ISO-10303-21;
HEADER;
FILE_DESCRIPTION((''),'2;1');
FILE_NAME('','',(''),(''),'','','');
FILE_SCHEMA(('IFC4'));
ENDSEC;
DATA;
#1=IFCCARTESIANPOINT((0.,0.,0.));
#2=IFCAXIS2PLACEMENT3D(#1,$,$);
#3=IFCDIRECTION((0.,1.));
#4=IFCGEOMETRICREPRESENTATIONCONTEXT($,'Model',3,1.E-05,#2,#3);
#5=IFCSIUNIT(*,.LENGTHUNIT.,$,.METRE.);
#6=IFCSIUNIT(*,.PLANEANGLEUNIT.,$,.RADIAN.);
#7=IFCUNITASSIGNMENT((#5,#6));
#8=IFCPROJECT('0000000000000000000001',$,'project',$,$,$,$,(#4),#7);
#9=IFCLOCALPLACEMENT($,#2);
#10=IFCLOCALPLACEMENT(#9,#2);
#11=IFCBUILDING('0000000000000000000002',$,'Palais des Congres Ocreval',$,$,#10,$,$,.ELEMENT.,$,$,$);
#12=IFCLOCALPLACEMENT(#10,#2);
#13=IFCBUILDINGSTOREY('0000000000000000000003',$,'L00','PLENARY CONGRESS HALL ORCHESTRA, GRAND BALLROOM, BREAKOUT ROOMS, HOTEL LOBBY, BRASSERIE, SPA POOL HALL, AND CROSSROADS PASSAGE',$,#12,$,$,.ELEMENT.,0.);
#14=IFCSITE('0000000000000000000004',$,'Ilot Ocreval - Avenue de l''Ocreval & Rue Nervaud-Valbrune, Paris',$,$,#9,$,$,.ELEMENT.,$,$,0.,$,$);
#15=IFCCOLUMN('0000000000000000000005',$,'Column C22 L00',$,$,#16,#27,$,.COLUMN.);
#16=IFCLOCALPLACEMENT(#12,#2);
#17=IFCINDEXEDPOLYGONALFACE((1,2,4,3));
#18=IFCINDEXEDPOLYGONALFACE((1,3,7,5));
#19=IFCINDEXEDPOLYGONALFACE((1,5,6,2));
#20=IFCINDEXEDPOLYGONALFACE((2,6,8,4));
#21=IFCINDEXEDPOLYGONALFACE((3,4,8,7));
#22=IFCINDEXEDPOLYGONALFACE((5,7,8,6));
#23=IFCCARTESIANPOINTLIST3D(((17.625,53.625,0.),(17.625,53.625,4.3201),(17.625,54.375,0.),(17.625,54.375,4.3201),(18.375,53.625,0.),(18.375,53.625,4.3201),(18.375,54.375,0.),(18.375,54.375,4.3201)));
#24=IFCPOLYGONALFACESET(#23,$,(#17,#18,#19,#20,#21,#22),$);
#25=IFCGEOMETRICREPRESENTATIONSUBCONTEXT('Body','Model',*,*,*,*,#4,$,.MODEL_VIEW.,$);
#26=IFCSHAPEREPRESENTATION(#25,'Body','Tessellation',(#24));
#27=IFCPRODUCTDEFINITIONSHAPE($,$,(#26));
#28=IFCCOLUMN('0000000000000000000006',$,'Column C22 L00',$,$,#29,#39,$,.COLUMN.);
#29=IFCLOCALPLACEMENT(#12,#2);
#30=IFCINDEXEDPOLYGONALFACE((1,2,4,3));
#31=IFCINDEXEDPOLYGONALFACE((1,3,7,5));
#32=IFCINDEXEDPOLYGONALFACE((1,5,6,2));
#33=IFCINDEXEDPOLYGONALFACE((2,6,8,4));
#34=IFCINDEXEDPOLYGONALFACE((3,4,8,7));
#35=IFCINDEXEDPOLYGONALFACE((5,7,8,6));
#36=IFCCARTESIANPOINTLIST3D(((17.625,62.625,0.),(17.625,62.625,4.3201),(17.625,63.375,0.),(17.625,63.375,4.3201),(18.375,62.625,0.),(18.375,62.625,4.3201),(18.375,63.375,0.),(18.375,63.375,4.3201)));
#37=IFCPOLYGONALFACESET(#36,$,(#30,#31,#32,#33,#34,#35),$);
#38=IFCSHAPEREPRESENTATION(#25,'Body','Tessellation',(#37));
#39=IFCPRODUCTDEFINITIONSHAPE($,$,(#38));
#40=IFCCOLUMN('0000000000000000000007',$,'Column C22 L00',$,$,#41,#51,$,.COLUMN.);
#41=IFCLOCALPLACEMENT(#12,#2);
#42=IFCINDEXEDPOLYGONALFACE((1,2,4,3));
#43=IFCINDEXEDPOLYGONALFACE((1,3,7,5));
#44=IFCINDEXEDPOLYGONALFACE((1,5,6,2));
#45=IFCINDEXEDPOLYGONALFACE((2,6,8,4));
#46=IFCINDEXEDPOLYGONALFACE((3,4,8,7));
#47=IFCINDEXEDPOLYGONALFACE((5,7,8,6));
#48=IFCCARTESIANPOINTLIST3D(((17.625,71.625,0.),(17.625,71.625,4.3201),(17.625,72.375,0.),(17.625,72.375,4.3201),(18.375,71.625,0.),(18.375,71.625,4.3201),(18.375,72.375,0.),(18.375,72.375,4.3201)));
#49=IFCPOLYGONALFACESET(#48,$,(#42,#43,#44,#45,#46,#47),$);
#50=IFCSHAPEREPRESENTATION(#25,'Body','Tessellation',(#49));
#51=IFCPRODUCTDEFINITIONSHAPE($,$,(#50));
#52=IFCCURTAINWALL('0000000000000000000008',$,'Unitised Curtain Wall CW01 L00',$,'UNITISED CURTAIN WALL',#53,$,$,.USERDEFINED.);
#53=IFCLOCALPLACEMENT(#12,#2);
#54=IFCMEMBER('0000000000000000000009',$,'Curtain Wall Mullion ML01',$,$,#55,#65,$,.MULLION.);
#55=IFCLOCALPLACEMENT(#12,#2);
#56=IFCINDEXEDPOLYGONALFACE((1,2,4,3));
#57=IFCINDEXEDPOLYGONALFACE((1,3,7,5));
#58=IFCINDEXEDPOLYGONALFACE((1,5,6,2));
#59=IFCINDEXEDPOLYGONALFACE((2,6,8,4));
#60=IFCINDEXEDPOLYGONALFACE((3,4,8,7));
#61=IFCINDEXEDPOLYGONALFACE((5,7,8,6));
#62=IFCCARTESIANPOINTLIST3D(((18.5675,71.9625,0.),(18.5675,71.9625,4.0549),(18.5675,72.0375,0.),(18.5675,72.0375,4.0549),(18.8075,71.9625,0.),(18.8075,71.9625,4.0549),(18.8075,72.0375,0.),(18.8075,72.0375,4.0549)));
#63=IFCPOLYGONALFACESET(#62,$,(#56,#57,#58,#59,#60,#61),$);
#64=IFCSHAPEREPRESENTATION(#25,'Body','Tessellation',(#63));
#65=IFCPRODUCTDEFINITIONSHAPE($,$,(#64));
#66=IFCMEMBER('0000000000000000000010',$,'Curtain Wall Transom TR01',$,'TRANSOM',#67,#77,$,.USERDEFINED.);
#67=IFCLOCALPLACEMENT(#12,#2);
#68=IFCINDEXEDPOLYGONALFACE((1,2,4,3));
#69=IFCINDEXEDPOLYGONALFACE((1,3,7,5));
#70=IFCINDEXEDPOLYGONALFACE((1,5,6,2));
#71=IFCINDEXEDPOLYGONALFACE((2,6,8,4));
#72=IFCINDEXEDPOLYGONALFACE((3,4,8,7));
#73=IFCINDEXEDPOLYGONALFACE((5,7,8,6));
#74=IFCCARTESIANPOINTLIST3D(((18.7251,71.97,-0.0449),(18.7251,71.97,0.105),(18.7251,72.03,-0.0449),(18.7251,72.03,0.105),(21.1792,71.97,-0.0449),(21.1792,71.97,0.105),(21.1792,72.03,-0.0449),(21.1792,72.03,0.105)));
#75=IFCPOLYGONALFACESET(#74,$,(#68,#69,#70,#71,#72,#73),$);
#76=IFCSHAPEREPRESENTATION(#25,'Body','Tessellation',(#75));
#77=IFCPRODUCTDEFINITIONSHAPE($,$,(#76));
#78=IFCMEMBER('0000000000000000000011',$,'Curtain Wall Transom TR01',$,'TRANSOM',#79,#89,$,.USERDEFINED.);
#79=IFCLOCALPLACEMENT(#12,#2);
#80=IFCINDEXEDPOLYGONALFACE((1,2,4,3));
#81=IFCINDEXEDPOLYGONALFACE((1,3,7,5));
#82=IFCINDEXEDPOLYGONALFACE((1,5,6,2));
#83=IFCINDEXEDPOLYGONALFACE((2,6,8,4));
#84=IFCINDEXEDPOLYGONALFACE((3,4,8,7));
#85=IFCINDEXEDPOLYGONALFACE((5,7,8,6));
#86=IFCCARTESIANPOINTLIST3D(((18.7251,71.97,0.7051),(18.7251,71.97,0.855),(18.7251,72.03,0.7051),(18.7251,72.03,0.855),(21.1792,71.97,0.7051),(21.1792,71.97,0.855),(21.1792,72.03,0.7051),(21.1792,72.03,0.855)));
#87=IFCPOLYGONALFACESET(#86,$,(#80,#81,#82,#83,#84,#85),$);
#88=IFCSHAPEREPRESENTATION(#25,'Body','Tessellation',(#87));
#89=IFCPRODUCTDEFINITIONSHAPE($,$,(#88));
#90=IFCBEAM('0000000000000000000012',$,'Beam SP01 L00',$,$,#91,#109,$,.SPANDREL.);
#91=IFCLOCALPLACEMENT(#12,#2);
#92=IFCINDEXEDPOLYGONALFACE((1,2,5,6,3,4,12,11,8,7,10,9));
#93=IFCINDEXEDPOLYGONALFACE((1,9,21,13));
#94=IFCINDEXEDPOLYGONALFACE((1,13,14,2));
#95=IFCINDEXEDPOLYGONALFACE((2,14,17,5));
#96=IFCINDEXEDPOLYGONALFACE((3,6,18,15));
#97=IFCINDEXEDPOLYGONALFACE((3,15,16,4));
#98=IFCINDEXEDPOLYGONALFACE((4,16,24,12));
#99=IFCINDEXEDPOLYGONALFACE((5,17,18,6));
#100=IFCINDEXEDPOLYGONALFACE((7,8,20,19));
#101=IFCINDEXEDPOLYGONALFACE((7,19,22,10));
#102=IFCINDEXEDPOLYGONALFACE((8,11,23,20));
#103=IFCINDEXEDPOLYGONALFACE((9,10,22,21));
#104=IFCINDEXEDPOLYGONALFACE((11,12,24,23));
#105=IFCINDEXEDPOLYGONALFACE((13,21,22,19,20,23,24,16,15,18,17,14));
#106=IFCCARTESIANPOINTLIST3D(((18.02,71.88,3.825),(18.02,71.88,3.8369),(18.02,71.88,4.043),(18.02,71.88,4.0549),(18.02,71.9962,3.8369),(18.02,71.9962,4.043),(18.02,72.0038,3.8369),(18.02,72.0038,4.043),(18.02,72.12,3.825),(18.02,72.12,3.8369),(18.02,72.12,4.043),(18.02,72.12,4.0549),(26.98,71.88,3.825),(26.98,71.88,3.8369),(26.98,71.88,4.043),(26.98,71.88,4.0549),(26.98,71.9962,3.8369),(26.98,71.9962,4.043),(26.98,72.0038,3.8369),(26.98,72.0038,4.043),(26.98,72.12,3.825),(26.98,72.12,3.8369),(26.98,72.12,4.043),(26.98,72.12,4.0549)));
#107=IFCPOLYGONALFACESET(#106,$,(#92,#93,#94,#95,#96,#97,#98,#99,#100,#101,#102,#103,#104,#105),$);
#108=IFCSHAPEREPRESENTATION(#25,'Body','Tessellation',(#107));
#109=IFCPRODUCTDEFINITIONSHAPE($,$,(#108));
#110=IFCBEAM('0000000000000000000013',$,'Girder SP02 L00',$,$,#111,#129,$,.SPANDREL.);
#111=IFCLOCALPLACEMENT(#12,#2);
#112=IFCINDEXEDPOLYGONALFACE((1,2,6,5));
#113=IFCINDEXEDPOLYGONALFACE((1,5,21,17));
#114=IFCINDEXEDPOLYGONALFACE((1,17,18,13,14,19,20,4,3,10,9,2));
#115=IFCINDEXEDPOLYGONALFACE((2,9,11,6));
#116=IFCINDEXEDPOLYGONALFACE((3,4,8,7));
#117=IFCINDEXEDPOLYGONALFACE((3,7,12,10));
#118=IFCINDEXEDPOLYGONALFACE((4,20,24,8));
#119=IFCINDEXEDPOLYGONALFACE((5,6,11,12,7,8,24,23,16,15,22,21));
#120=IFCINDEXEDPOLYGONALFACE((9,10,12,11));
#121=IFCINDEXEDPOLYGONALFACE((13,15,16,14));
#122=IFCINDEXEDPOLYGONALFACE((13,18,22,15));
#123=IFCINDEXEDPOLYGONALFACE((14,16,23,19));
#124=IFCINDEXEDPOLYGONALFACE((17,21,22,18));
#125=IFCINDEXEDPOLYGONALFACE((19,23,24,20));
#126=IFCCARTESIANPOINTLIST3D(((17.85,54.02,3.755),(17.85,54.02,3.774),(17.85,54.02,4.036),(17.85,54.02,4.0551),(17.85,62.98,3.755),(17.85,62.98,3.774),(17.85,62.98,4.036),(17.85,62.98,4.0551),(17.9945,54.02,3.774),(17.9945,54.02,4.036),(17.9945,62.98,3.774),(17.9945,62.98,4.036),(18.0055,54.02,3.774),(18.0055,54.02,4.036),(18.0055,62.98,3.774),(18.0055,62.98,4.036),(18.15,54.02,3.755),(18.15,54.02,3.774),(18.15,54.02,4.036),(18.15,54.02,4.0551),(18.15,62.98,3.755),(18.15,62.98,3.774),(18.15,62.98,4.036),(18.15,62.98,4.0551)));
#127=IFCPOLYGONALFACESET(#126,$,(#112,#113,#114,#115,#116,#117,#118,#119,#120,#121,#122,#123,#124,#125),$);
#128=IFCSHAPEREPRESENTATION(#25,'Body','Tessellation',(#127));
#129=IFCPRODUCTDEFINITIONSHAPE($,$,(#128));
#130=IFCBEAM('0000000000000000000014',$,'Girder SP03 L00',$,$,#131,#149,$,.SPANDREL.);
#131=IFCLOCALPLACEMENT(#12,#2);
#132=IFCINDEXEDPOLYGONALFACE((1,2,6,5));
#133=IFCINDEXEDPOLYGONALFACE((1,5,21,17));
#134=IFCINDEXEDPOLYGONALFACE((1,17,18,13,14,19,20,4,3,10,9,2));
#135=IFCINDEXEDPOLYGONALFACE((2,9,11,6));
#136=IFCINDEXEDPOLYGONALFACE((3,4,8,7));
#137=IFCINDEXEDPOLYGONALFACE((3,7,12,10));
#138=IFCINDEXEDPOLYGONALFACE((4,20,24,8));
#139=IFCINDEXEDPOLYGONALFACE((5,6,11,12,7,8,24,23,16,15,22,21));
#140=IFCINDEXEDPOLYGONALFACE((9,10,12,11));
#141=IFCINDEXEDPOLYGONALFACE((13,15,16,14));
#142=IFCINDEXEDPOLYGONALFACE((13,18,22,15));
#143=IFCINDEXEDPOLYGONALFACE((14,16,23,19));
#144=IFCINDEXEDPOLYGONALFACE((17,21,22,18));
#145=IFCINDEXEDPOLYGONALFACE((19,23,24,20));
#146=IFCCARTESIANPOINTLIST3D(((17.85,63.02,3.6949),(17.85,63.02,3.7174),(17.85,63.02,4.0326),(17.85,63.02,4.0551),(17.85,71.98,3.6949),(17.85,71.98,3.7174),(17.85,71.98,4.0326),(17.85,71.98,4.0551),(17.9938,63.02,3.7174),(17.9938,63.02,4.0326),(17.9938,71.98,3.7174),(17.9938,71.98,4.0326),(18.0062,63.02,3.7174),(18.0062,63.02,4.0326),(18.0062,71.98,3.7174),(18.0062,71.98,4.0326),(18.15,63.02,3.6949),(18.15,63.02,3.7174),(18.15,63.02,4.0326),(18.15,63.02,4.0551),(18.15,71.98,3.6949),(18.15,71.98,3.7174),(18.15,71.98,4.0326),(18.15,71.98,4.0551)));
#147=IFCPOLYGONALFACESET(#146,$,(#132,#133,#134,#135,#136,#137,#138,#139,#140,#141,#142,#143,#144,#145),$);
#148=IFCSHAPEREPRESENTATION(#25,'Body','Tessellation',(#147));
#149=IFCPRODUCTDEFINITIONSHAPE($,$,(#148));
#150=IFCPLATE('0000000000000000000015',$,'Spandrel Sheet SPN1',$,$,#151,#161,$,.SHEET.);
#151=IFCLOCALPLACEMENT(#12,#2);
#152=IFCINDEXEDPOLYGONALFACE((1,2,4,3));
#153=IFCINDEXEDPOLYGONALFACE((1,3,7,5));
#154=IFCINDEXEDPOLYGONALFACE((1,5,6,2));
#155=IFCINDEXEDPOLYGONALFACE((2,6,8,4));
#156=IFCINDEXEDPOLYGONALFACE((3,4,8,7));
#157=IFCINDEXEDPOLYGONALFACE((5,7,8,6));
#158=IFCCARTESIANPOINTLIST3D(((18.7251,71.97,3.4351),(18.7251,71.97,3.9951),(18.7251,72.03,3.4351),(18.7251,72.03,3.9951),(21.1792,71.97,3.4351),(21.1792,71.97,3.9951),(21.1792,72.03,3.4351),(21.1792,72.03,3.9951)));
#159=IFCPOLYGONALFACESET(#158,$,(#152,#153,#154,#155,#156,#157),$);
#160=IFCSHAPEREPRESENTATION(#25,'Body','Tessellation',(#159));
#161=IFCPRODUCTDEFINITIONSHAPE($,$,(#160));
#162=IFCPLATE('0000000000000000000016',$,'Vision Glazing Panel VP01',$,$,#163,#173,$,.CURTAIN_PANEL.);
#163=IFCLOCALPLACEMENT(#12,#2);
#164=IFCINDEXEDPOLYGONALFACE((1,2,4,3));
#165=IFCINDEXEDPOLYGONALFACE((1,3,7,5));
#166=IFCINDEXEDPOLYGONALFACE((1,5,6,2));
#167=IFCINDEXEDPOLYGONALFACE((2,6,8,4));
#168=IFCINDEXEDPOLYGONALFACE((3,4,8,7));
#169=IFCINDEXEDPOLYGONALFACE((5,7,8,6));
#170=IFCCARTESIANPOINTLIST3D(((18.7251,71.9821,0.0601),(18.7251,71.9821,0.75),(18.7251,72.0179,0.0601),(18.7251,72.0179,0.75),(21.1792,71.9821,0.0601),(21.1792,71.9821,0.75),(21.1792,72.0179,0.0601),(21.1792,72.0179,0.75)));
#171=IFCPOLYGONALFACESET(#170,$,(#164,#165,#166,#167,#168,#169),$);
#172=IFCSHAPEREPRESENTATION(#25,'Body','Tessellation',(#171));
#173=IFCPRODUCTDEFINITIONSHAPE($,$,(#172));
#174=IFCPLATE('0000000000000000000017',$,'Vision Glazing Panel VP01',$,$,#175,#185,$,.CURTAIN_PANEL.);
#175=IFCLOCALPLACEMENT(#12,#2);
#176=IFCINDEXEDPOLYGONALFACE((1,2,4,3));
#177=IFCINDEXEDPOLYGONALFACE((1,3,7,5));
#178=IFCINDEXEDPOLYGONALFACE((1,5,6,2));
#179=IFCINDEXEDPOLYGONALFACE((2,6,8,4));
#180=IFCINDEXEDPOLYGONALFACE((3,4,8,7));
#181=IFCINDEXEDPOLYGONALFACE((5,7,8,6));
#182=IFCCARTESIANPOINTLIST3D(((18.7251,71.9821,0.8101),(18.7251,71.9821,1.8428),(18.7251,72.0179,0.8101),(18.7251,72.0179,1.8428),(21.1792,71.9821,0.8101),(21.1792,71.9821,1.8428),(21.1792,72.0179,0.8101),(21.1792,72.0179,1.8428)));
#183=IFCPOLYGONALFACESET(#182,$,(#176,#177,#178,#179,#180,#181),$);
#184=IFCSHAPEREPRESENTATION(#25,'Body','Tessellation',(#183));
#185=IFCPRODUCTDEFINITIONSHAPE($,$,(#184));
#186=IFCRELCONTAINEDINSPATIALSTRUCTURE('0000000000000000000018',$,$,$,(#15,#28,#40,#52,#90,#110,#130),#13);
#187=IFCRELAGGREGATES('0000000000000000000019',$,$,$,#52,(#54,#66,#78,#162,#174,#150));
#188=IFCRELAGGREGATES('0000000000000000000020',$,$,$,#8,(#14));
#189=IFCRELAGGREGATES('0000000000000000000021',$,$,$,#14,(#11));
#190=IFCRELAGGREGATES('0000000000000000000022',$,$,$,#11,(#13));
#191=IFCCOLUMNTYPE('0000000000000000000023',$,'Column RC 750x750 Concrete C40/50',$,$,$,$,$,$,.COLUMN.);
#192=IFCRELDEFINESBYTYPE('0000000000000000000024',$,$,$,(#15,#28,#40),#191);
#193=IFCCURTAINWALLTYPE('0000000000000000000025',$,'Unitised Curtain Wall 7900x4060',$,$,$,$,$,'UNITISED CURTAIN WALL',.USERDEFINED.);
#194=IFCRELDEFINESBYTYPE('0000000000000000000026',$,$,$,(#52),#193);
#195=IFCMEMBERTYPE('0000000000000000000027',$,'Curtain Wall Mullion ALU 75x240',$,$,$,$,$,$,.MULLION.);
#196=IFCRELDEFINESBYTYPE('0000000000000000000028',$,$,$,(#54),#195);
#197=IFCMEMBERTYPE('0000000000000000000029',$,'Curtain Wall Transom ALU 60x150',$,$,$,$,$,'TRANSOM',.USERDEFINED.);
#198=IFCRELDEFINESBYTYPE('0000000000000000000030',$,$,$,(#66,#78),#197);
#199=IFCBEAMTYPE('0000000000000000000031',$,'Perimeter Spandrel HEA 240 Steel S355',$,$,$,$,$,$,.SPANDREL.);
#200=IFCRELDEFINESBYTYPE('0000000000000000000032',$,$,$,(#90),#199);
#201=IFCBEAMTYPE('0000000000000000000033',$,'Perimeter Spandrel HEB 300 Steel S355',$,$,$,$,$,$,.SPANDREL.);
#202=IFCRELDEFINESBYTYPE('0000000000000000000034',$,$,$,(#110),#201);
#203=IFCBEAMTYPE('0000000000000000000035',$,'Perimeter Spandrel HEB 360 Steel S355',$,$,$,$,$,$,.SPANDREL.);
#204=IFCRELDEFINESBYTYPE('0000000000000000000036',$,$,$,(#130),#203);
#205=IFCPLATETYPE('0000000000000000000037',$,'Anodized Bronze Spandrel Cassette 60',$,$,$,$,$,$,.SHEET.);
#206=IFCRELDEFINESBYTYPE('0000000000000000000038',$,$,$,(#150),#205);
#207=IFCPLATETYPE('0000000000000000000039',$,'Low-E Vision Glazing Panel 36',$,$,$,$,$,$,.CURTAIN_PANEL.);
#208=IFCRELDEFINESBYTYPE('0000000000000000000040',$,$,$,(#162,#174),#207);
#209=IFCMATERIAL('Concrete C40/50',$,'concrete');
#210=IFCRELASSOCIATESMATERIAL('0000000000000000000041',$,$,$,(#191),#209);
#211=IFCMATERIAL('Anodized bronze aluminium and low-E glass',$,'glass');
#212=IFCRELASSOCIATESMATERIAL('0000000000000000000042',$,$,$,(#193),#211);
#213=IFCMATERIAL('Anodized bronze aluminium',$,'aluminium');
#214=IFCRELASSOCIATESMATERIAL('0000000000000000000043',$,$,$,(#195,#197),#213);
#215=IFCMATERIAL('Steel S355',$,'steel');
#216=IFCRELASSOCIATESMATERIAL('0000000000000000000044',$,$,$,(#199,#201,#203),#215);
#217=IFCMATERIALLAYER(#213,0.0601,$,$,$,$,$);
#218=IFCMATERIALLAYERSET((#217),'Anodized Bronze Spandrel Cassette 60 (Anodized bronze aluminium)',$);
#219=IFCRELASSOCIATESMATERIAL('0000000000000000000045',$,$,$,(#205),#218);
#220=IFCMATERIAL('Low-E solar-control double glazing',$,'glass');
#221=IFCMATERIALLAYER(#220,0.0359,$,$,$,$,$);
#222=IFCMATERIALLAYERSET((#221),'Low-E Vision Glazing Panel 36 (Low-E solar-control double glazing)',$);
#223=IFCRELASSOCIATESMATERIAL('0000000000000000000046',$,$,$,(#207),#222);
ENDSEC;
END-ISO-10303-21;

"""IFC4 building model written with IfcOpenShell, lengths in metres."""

from ifc_helpers import new_model, si_unit, direction, frame, origin, origin_2d, place, context, subcontext, project, spatial, rectangle, i_section, extrude, material, layer, layer_set, material_profile, profile_set, type_object, element, aggregate, save


model = new_model("IFC4")

# Units and contexts
model_context = context("Model", 3, precision=1e-05, world=origin(), true_north=direction((0.0, 1.0)))
body_context = subcontext(model_context, "Body", "Model", "MODEL_VIEW")
ifc_project = project(units=[si_unit("LENGTHUNIT", "METRE"), si_unit("PLANEANGLEUNIT", "RADIAN")], contexts=[model_context])

# Site, building, storey
site_placement = place(None, origin())
site = spatial("IfcSite", under=ifc_project, at=site_placement, Name="Ilot Ocreval - Avenue de l'Ocreval & Rue Nervaud-Valbrune, Paris", CompositionType="ELEMENT", RefElevation=0.0)
building_placement = place(site_placement, origin())
building = spatial("IfcBuilding", under=site, at=building_placement, Name="Palais des Congres Ocreval", CompositionType="ELEMENT")
storey_placement = place(building_placement, origin())
storey = spatial("IfcBuildingStorey", under=building, at=storey_placement, Name="L00", Description="PLENARY CONGRESS HALL ORCHESTRA, GRAND BALLROOM, BREAKOUT ROOMS, HOTEL LOBBY, BRASSERIE, SPA POOL HALL, AND CROSSROADS PASSAGE", CompositionType="ELEMENT", Elevation=0.0)

# Columns
ifc_material_1 = material(Name="Concrete C40/50", Category="concrete")
ifc_material_profile_1 = material_profile(ifc_material_1, rectangle(XDim=0.75, YDim=0.75, at=origin_2d()), Name="RC 750x750")
ifc_profile_set_1 = profile_set([ifc_material_profile_1], Name="Concrete C40/50")
column_type = type_object("IfcColumnType", Name="Column RC 750x750 Concrete C40/50", PredefinedType="COLUMN", material=ifc_profile_set_1)
for number, where, z_axis, x_axis, name in (
    (1, (18.0, 54.0, 0.0), (0.0, 0.0, 1.0), (1.0, 0.0, 0.0), "Column C22 L00"),
    (2, (18.0, 63.0, 0.0), (0.0, 0.0, 1.0), (1.0, 0.0, 0.0), "Column C22 L00"),
    (3, (18.0, 72.0, 0.0), (0.0, 0.0, 1.0), (1.0, 0.0, 0.0), "Column C22 L00"),
):
    element("IfcColumn", number, at=place(storey_placement, frame(where, z_axis=z_axis, x_axis=x_axis)), inside=storey, type_object=column_type, Name=name, PredefinedType="COLUMN", context=body_context, shape_type="SweptSolid", body=[
        extrude(rectangle(XDim=0.75, YDim=0.75, at=origin_2d()), origin(), (0.0, 0.0, 1.0), 4.3201),
    ])

# Curtain wall, members
ifc_material_2 = material(Name="Anodized bronze aluminium and low-E glass", Category="glass")
curtain_wall_type = type_object("IfcCurtainWallType", Name="Unitised Curtain Wall 7900x4060", ElementType="UNITISED CURTAIN WALL", PredefinedType="USERDEFINED", material=ifc_material_2)
curtain_wall_placement = place(storey_placement, origin())
curtain_wall = element("IfcCurtainWall", 4, at=curtain_wall_placement, inside=storey, type_object=curtain_wall_type, Name="Unitised Curtain Wall CW01 L00", ObjectType="UNITISED CURTAIN WALL", PredefinedType="USERDEFINED")
ifc_material_3 = material(Name="Anodized bronze aluminium", Category="aluminium")
ifc_material_profile_2 = material_profile(ifc_material_3, rectangle(XDim=0.075, YDim=0.24, at=origin_2d()), Name="ALU 75x240")
ifc_profile_set_2 = profile_set([ifc_material_profile_2], Name="Anodized bronze aluminium")
member_type_1 = type_object("IfcMemberType", Name="Curtain Wall Mullion ALU 75x240", PredefinedType="MULLION", material=ifc_profile_set_2)
member_1_placement = place(storey_placement, frame((18.6875, 72.0, 0.0), z_axis=(0.0, 0.0, 1.0), x_axis=(0.0, -1.0, 0.0)))
member_1 = element("IfcMember", 5, at=member_1_placement, type_object=member_type_1, Name="Curtain Wall Mullion ML01", PredefinedType="MULLION", context=body_context, shape_type="SweptSolid", body=[
    extrude(rectangle(XDim=0.075, YDim=0.24, at=origin_2d()), origin(), (0.0, 0.0, 1.0), 4.0549),
])
ifc_material_profile_3 = material_profile(ifc_material_3, rectangle(XDim=0.0601, YDim=0.1499, at=origin_2d()), Name="ALU 60x150")
ifc_profile_set_3 = profile_set([ifc_material_profile_3], Name="Anodized bronze aluminium")
member_type_2 = type_object("IfcMemberType", Name="Curtain Wall Transom ALU 60x150", ElementType="TRANSOM", PredefinedType="USERDEFINED", material=ifc_profile_set_3)
member_2_placement = place(storey_placement, frame((21.1792, 72.0, 0.03), z_axis=(-1.0, 0.0, 0.0), x_axis=(0.0, -1.0, 0.0)))
member_2 = element("IfcMember", 6, at=member_2_placement, type_object=member_type_2, Name="Curtain Wall Transom TR01", ObjectType="TRANSOM", PredefinedType="USERDEFINED", context=body_context, shape_type="SweptSolid", body=[
    extrude(rectangle(XDim=0.0601, YDim=0.1499, at=origin_2d()), origin(), (0.0, 0.0, 1.0), 2.4541),
])
member_3_placement = place(storey_placement, frame((21.1792, 72.0, 0.78), z_axis=(-1.0, 0.0, 0.0), x_axis=(0.0, -1.0, 0.0)))
member_3 = element("IfcMember", 7, at=member_3_placement, type_object=member_type_2, Name="Curtain Wall Transom TR01", ObjectType="TRANSOM", PredefinedType="USERDEFINED", context=body_context, shape_type="SweptSolid", body=[
    extrude(rectangle(XDim=0.0601, YDim=0.1499, at=origin_2d()), origin(), (0.0, 0.0, 1.0), 2.4541),
])

# Beams
ifc_material_4 = material(Name="Steel S355", Category="steel")
ifc_material_profile_4 = material_profile(ifc_material_4, i_section(OverallWidth=0.24, OverallDepth=0.23, WebThickness=0.0076, FlangeThickness=0.012, at=origin_2d()), Name="HEA 240")
ifc_profile_set_4 = profile_set([ifc_material_profile_4], Name="Steel S355")
beam_type_1 = type_object("IfcBeamType", Name="Perimeter Spandrel HEA 240 Steel S355", PredefinedType="SPANDREL", material=ifc_profile_set_4)
beam_1_placement = place(storey_placement, frame((18.02, 72.0, 3.9399), z_axis=(1.0, 0.0, 0.0), x_axis=(0.0, 1.0, 0.0)))
element("IfcBeam", 8, at=beam_1_placement, inside=storey, type_object=beam_type_1, Name="Beam SP01 L00", PredefinedType="SPANDREL", context=body_context, shape_type="SweptSolid", body=[
    extrude(i_section(OverallWidth=0.24, OverallDepth=0.23, WebThickness=0.0076, FlangeThickness=0.012, at=origin_2d()), origin(), (0.0, 0.0, 1.0), 8.96),
])
ifc_material_profile_5 = material_profile(ifc_material_4, i_section(OverallWidth=0.3, OverallDepth=0.3, WebThickness=0.011, FlangeThickness=0.019, at=origin_2d()), Name="HEB 300")
ifc_profile_set_5 = profile_set([ifc_material_profile_5], Name="Steel S355")
beam_type_2 = type_object("IfcBeamType", Name="Perimeter Spandrel HEB 300 Steel S355", PredefinedType="SPANDREL", material=ifc_profile_set_5)
beam_2_placement = place(storey_placement, frame((18.0, 54.02, 3.905), z_axis=(0.0, 1.0, 0.0), x_axis=(-1.0, 0.0, 0.0)))
element("IfcBeam", 9, at=beam_2_placement, inside=storey, type_object=beam_type_2, Name="Girder SP02 L00", PredefinedType="SPANDREL", context=body_context, shape_type="SweptSolid", body=[
    extrude(i_section(OverallWidth=0.3, OverallDepth=0.3, WebThickness=0.011, FlangeThickness=0.019, at=origin_2d()), origin(), (0.0, 0.0, 1.0), 8.96),
])
ifc_material_profile_6 = material_profile(ifc_material_4, i_section(OverallWidth=0.3, OverallDepth=0.3601, WebThickness=0.0125, FlangeThickness=0.0225, at=origin_2d()), Name="HEB 360")
ifc_profile_set_6 = profile_set([ifc_material_profile_6], Name="Steel S355")
beam_type_3 = type_object("IfcBeamType", Name="Perimeter Spandrel HEB 360 Steel S355", PredefinedType="SPANDREL", material=ifc_profile_set_6)
beam_3_placement = place(storey_placement, frame((18.0, 63.02, 3.875), z_axis=(0.0, 1.0, 0.0), x_axis=(-1.0, 0.0, 0.0)))
element("IfcBeam", 10, at=beam_3_placement, inside=storey, type_object=beam_type_3, Name="Girder SP03 L00", PredefinedType="SPANDREL", context=body_context, shape_type="SweptSolid", body=[
    extrude(i_section(OverallWidth=0.3, OverallDepth=0.3601, WebThickness=0.0125, FlangeThickness=0.0225, at=origin_2d()), origin(), (0.0, 0.0, 1.0), 8.96),
])

# Plates
ifc_layer_1 = layer(ifc_material_3, 0.0601)
ifc_layer_set_1 = layer_set([ifc_layer_1], Name="Anodized Bronze Spandrel Cassette 60 (Anodized bronze aluminium)")
plate_type_1 = type_object("IfcPlateType", Name="Anodized Bronze Spandrel Cassette 60", PredefinedType="SHEET", material=ifc_layer_set_1)
plate_1_placement = place(storey_placement, frame((19.9521, 72.0, 3.4351), z_axis=(0.0, 0.0, 1.0), x_axis=(-1.0, 0.0, 0.0)))
plate_1 = element("IfcPlate", 11, at=plate_1_placement, type_object=plate_type_1, Name="Spandrel Sheet SPN1", PredefinedType="SHEET", context=body_context, shape_type="SweptSolid", body=[
    extrude(rectangle(XDim=2.4541, YDim=0.0601, at=origin_2d()), origin(), (0.0, 0.0, 1.0), 0.5601),
])
ifc_material_5 = material(Name="Low-E solar-control double glazing", Category="glass")
ifc_layer_2 = layer(ifc_material_5, 0.0359)
ifc_layer_set_2 = layer_set([ifc_layer_2], Name="Low-E Vision Glazing Panel 36 (Low-E solar-control double glazing)")
plate_type_2 = type_object("IfcPlateType", Name="Low-E Vision Glazing Panel 36", PredefinedType="CURTAIN_PANEL", material=ifc_layer_set_2)
plate_2_placement = place(storey_placement, frame((19.9521, 72.0, 0.0601), z_axis=(0.0, 0.0, 1.0), x_axis=(-1.0, 0.0, 0.0)))
plate_2 = element("IfcPlate", 12, at=plate_2_placement, type_object=plate_type_2, Name="Vision Glazing Panel VP01", PredefinedType="CURTAIN_PANEL", context=body_context, shape_type="SweptSolid", body=[
    extrude(rectangle(XDim=2.4541, YDim=0.0359, at=origin_2d()), origin(), (0.0, 0.0, 1.0), 0.6899),
])
plate_3_placement = place(storey_placement, frame((19.9521, 72.0, 0.8101), z_axis=(0.0, 0.0, 1.0), x_axis=(-1.0, 0.0, 0.0)))
plate_3 = element("IfcPlate", 13, at=plate_3_placement, type_object=plate_type_2, Name="Vision Glazing Panel VP01", PredefinedType="CURTAIN_PANEL", context=body_context, shape_type="SweptSolid", body=[
    extrude(rectangle(XDim=2.4541, YDim=0.0359, at=origin_2d()), origin(), (0.0, 0.0, 1.0), 1.0327),
])
aggregate(curtain_wall, [member_1, member_2, member_3, plate_2, plate_3, plate_1])

save(model, "model.ifc")
